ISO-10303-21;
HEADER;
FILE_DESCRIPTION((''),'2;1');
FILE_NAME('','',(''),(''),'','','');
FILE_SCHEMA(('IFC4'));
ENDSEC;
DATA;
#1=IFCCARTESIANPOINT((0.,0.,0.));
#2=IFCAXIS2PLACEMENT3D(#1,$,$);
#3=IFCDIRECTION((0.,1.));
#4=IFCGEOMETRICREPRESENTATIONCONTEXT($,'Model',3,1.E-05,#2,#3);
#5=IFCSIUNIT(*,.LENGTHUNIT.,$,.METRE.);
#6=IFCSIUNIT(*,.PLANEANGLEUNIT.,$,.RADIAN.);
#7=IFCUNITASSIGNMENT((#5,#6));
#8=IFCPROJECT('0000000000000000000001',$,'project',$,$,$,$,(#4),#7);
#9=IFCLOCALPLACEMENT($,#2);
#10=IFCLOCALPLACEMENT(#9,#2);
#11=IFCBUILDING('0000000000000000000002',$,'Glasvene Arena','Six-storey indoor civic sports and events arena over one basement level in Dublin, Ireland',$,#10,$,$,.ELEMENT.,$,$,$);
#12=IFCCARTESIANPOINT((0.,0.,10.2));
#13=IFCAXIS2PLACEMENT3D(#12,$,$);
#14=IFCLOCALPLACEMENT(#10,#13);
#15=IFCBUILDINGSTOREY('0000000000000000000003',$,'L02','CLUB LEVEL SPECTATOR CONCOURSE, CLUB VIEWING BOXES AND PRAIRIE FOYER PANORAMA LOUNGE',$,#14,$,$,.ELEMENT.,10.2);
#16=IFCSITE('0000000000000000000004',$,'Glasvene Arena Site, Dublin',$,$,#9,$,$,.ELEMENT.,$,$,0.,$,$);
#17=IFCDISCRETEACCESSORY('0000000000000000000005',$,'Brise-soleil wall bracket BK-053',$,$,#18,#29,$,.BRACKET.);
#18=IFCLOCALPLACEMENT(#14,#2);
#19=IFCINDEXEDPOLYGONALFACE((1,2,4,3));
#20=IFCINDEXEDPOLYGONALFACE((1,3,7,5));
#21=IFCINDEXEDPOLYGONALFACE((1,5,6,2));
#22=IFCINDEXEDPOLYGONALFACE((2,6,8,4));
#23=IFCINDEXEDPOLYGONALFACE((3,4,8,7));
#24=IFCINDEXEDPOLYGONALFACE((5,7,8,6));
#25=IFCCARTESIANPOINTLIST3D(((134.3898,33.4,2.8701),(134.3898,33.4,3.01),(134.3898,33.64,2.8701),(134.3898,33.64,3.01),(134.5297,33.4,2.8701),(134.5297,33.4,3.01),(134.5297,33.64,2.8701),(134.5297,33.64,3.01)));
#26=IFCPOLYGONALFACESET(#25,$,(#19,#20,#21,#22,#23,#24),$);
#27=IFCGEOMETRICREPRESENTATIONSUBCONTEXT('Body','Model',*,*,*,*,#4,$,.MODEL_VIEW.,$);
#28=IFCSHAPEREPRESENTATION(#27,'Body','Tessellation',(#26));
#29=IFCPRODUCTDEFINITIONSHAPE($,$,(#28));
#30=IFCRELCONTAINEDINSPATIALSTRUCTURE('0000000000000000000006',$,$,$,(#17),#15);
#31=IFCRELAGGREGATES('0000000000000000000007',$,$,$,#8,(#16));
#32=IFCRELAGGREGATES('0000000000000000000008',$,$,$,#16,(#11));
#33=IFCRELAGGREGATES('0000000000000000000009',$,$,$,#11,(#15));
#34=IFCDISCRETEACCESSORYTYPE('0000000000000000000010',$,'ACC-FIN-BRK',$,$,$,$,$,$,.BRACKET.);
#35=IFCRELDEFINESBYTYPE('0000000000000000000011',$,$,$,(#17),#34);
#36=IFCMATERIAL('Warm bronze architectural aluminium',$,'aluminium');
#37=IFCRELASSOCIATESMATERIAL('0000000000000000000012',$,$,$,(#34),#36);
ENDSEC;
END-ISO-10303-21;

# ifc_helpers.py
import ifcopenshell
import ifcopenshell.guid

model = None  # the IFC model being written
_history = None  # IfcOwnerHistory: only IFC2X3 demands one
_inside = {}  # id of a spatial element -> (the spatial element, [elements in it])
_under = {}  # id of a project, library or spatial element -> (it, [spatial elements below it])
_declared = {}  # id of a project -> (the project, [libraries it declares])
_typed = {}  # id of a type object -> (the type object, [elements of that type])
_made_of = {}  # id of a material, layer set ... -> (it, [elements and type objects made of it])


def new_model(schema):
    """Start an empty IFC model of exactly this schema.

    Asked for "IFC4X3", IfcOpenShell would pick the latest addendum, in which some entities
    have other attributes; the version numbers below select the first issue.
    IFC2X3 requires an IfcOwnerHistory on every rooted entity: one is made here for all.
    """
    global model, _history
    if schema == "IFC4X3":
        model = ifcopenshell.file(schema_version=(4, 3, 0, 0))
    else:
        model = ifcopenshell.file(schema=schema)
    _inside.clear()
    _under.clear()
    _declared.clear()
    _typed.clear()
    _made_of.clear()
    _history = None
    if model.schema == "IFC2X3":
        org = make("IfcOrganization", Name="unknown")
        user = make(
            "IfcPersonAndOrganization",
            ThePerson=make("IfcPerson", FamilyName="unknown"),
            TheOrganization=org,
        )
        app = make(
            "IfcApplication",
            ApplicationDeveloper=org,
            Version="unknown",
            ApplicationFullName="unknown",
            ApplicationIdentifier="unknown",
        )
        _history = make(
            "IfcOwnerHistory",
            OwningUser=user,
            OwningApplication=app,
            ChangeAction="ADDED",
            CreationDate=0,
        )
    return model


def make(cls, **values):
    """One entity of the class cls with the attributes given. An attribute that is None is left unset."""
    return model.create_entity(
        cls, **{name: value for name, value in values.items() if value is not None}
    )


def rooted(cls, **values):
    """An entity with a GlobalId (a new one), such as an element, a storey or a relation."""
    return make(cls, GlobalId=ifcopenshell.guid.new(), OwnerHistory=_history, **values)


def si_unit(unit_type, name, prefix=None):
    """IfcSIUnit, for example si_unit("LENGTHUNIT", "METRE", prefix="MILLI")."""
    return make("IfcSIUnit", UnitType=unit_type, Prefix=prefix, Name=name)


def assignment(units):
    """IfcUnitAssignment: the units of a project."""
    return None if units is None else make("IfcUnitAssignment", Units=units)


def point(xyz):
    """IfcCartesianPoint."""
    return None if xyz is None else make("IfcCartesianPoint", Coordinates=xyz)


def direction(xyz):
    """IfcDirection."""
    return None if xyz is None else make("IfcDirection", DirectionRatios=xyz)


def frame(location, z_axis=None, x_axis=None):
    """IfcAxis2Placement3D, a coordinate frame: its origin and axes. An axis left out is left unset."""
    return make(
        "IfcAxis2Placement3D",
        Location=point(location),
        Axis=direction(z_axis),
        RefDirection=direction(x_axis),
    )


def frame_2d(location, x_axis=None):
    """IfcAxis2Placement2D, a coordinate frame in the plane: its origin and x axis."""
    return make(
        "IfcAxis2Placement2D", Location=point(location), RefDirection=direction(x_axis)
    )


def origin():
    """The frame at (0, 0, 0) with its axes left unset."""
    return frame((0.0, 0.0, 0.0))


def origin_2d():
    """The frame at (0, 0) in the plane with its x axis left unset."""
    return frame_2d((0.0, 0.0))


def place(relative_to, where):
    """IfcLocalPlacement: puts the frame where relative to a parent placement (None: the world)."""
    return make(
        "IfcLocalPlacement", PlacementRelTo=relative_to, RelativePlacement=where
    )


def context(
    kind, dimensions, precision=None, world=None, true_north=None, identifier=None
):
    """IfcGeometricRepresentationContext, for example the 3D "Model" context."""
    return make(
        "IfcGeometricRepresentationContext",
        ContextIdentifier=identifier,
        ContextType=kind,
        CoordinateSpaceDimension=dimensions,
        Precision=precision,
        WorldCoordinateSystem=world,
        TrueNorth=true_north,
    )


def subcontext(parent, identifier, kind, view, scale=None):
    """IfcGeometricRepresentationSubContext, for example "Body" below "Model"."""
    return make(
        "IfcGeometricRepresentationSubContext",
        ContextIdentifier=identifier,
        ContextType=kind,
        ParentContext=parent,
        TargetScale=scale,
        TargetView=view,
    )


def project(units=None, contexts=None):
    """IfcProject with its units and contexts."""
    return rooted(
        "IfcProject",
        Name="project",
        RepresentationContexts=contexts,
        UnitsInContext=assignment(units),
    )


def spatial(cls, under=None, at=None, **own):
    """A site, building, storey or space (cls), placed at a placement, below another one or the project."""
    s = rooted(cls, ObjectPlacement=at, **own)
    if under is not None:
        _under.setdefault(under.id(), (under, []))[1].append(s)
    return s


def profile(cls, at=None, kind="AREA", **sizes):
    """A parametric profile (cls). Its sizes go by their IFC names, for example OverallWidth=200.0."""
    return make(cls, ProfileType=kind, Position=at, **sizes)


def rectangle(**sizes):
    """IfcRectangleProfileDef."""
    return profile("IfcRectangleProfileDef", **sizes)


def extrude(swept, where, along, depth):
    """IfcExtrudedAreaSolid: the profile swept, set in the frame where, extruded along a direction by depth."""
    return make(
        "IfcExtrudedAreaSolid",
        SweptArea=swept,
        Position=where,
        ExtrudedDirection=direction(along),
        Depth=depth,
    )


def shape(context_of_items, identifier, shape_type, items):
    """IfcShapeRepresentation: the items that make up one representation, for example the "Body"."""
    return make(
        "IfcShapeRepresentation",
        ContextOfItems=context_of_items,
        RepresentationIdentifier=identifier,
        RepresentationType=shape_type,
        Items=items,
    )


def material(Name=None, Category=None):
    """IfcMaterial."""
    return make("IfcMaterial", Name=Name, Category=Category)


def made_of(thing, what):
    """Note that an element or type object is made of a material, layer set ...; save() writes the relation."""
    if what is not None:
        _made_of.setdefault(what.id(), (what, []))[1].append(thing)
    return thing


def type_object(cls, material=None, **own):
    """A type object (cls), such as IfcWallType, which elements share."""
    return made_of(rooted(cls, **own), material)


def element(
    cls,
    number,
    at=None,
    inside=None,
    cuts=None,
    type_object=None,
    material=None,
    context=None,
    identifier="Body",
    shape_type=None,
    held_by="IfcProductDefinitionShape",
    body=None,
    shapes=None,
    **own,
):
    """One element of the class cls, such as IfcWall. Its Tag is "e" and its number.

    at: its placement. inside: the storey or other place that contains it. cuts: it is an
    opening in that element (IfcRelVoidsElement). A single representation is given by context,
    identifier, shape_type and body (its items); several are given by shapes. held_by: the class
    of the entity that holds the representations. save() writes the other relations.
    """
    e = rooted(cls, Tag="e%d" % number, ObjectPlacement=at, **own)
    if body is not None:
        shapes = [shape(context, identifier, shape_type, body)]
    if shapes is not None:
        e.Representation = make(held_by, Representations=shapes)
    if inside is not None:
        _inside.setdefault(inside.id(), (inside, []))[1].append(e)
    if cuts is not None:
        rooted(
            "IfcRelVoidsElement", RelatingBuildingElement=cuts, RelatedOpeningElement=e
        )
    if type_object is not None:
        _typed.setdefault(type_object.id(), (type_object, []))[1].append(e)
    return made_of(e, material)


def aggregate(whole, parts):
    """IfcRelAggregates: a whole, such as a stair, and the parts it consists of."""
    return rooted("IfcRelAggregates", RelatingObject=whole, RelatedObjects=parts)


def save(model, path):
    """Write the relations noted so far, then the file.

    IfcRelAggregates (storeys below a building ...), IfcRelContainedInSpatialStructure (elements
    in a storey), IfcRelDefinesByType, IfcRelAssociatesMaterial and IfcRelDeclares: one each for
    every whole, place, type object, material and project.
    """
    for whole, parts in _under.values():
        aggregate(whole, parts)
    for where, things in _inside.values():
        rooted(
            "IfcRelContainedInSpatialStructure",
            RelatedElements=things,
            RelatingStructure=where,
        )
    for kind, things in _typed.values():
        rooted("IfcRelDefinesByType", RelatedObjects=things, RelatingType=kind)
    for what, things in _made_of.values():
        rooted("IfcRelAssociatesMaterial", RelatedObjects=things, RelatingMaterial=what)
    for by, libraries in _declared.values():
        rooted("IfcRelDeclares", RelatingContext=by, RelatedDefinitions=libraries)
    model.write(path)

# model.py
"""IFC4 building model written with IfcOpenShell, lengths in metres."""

from ifc_helpers import new_model, si_unit, direction, frame, origin, origin_2d, place, context, subcontext, project, spatial, rectangle, extrude, material, type_object, element, save


model = new_model("IFC4")

# Units and contexts
model_context = context("Model", 3, precision=1e-05, world=origin(), true_north=direction((0.0, 1.0)))
body_context = subcontext(model_context, "Body", "Model", "MODEL_VIEW")
ifc_project = project(units=[si_unit("LENGTHUNIT", "METRE"), si_unit("PLANEANGLEUNIT", "RADIAN")], contexts=[model_context])

# Site, building, storey
site_placement = place(None, origin())
site = spatial("IfcSite", under=ifc_project, at=site_placement, Name="Glasvene Arena Site, Dublin", CompositionType="ELEMENT", RefElevation=0.0)
building_placement = place(site_placement, origin())
building = spatial("IfcBuilding", under=site, at=building_placement, Name="Glasvene Arena", Description="Six-storey indoor civic sports and events arena over one basement level in Dublin, Ireland", CompositionType="ELEMENT")
storey_placement = place(building_placement, frame((0.0, 0.0, 10.2)))
storey = spatial("IfcBuildingStorey", under=building, at=storey_placement, Name="L02", Description="CLUB LEVEL SPECTATOR CONCOURSE, CLUB VIEWING BOXES AND PRAIRIE FOYER PANORAMA LOUNGE", CompositionType="ELEMENT", Elevation=10.2)

# Shared definitions
ifc_material_1 = material(Name="Warm bronze architectural aluminium", Category="aluminium")

# Discrete accessory
discrete_accessory_type = type_object("IfcDiscreteAccessoryType", Name="ACC-FIN-BRK", PredefinedType="BRACKET", material=ifc_material_1)
discrete_accessory_placement = place(storey_placement, frame((134.4597, 33.52, 2.8701), z_axis=(0.0, 0.0, 1.0), x_axis=(-1.0, 0.0, 0.0)))
element("IfcDiscreteAccessory", 1, at=discrete_accessory_placement, inside=storey, type_object=discrete_accessory_type, Name="Brise-soleil wall bracket BK-053", PredefinedType="BRACKET", context=body_context, shape_type="SweptSolid", body=[
    extrude(rectangle(XDim=0.1399, YDim=0.24, at=origin_2d()), origin(), (0.0, 0.0, 1.0), 0.1399),
])

save(model, "model.ifc")
